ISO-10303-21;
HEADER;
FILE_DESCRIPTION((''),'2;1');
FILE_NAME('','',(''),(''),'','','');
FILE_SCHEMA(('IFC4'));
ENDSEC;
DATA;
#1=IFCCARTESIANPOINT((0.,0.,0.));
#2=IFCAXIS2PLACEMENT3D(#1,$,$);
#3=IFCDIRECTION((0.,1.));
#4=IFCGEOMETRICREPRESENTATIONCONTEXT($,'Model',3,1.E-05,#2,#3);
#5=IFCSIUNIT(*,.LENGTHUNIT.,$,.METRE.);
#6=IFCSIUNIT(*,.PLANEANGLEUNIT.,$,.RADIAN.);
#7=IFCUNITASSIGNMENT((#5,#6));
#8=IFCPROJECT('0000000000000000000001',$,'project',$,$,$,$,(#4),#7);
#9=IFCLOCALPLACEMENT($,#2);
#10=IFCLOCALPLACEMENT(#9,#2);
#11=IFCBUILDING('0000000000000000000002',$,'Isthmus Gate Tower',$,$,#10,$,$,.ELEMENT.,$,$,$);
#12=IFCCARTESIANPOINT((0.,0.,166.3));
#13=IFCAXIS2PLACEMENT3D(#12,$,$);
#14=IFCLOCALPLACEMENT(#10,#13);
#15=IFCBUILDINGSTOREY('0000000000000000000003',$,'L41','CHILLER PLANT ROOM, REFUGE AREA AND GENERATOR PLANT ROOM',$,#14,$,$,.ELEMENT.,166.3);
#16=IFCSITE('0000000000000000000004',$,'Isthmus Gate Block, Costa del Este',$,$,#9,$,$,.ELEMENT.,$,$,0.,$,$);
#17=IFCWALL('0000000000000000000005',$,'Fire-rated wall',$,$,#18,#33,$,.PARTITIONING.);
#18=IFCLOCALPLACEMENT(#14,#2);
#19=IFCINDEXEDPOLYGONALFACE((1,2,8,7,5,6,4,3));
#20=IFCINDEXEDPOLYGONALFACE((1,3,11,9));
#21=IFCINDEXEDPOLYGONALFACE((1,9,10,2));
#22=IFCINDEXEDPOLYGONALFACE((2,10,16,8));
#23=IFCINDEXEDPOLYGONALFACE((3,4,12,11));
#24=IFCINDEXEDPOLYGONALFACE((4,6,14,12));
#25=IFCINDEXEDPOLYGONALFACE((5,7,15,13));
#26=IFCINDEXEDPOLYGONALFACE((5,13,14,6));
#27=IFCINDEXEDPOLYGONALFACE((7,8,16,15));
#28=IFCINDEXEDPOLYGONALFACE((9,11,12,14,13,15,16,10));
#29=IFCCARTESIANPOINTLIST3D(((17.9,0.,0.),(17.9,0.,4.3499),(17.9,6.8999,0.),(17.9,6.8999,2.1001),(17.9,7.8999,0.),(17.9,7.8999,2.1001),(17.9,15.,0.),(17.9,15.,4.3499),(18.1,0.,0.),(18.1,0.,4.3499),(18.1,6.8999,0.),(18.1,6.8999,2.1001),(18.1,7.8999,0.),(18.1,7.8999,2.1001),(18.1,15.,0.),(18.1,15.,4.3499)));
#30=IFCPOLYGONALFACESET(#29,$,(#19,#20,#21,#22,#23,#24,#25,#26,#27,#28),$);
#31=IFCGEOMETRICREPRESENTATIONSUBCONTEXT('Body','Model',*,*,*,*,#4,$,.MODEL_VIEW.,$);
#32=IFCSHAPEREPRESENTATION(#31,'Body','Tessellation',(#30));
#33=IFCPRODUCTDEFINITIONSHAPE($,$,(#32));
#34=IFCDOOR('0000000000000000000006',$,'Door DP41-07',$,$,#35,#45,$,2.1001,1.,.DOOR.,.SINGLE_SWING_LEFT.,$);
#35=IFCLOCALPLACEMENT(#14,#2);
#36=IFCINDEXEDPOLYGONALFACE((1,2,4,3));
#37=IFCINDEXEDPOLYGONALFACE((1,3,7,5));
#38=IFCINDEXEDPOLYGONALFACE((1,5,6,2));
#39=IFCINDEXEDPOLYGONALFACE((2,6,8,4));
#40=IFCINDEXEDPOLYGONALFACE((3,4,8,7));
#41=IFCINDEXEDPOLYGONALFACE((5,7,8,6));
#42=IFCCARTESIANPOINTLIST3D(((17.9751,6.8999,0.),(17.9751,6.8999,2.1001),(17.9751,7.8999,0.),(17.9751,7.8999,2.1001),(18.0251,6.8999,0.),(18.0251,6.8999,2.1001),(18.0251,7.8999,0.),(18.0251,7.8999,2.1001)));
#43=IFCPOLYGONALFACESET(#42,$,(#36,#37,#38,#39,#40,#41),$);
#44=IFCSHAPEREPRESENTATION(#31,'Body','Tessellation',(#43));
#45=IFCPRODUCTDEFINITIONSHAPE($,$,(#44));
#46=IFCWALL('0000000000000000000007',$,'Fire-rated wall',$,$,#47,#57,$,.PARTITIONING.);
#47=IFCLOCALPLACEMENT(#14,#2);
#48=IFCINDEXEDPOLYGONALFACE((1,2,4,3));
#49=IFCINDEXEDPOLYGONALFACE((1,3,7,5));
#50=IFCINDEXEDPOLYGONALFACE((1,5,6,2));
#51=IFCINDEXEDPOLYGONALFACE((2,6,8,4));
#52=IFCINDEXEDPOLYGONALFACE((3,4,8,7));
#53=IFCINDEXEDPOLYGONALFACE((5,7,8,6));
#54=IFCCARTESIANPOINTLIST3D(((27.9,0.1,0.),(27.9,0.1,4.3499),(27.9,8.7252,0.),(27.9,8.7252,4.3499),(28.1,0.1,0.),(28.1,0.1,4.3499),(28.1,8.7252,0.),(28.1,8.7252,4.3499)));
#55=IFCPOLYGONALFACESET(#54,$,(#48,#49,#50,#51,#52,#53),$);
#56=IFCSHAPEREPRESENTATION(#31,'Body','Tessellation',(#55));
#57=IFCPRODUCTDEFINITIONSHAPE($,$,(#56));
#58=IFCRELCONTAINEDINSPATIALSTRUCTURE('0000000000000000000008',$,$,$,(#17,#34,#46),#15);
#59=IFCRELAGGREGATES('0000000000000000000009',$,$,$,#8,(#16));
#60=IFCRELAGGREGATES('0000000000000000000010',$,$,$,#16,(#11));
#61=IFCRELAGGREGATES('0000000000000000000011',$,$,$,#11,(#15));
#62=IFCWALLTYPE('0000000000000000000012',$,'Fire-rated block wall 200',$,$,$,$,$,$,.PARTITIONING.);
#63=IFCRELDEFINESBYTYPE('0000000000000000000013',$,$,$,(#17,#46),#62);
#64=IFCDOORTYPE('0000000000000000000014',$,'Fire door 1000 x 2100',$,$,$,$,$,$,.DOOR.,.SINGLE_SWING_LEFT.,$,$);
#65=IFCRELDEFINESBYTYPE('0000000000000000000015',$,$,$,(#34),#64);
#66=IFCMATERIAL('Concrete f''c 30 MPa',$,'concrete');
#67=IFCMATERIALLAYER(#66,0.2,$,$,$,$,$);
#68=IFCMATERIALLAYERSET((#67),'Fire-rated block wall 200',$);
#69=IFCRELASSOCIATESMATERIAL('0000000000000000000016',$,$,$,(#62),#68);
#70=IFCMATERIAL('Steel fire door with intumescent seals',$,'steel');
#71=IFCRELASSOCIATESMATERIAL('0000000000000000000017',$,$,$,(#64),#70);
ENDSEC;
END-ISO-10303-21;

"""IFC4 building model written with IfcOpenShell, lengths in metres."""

from ifc_helpers import new_model, si_unit, direction, frame, frame_2d, origin, place, context, subcontext, project, spatial, rectangle, extrude, material, layer, layer_set, type_object, element, fill, save


model = new_model("IFC4")

# Units and contexts
model_context = context("Model", 3, precision=1e-05, world=origin(), true_north=direction((0.0, 1.0)))
body_context = subcontext(model_context, "Body", "Model", "MODEL_VIEW")
ifc_project = project(units=[si_unit("LENGTHUNIT", "METRE"), si_unit("PLANEANGLEUNIT", "RADIAN")], contexts=[model_context])

# Site, building, storey
site_placement = place(None, origin())
site = spatial("IfcSite", under=ifc_project, at=site_placement, Name="Isthmus Gate Block, Costa del Este", CompositionType="ELEMENT", RefElevation=0.0)
building_placement = place(site_placement, origin())
building = spatial("IfcBuilding", under=site, at=building_placement, Name="Isthmus Gate Tower", CompositionType="ELEMENT")
storey_placement = place(building_placement, frame((0.0, 0.0, 166.3)))
storey = spatial("IfcBuildingStorey", under=building, at=storey_placement, Name="L41", Description="CHILLER PLANT ROOM, REFUGE AREA AND GENERATOR PLANT ROOM", CompositionType="ELEMENT", Elevation=166.3)

# Shared definitions
ifc_material_1 = material(Name="Concrete f'c 30 MPa", Category="concrete")
ifc_layer_1 = layer(ifc_material_1, 0.2)
ifc_layer_set_1 = layer_set([ifc_layer_1], Name="Fire-rated block wall 200")
wall_type = type_object("IfcWallType", Name="Fire-rated block wall 200", PredefinedType="PARTITIONING", material=ifc_layer_set_1)

# Wall, opening, door
ifc_material_2 = material(Name="Steel fire door with intumescent seals", Category="steel")
door_type = type_object("IfcDoorType", Name="Fire door 1000 x 2100", OperationType="SINGLE_SWING_LEFT", PredefinedType="DOOR", material=ifc_material_2)
wall_1_placement = place(storey_placement, frame((18.0, 0.0, 0.0), z_axis=(0.0, 0.0, 1.0), x_axis=(0.0, 1.0, 0.0)))
wall_1 = element("IfcWall", 1, at=wall_1_placement, inside=storey, type_object=wall_type, Name="Fire-rated wall", PredefinedType="PARTITIONING", context=body_context, shape_type="SweptSolid", body=[
    extrude(rectangle(XDim=15.0, YDim=0.2, at=frame_2d((7.5, 0.0))), origin(), (0.0, 0.0, 1.0), 4.3499),
])
opening_1_placement = place(wall_1_placement, frame((6.8999, 0.0, 0.0)))
opening_1 = element("IfcOpeningElement", 2, at=opening_1_placement, cuts=wall_1, PredefinedType="OPENING", context=body_context, shape_type="SweptSolid", body=[
    extrude(rectangle(XDim=1.0, YDim=2.1001, at=frame_2d((0.5, 1.05))), frame((0.0, 0.1099, 0.0), z_axis=(0.0, -1.0, 0.0), x_axis=(1.0, 0.0, 0.0)), (0.0, 0.0, 1.0), 0.22),
])
door_1_placement = place(opening_1_placement, origin())
door_1 = element("IfcDoor", 3, at=door_1_placement, inside=storey, type_object=door_type, Name="Door DP41-07", OperationType="SINGLE_SWING_LEFT", OverallHeight=2.1001, OverallWidth=1.0, PredefinedType="DOOR", context=body_context, shape_type="SweptSolid", body=[
    extrude(rectangle(XDim=1.0, YDim=2.1001, at=frame_2d((0.5, 1.05))), frame((0.0, 0.0249, 0.0), z_axis=(0.0, -1.0, 0.0), x_axis=(1.0, 0.0, 0.0)), (0.0, 0.0, 1.0), 0.05),
])
fill(opening_1, door_1)

# Wall
wall_2_placement = place(storey_placement, frame((28.0, 0.1001, 0.0), z_axis=(0.0, 0.0, 1.0), x_axis=(0.0, 1.0, 0.0)))
element("IfcWall", 4, at=wall_2_placement, inside=storey, type_object=wall_type, Name="Fire-rated wall", PredefinedType="PARTITIONING", context=body_context, shape_type="SweptSolid", body=[
    extrude(rectangle(XDim=8.6252, YDim=0.2, at=frame_2d((4.3125, 0.0))), origin(), (0.0, 0.0, 1.0), 4.3499),
])

save(model, "model.ifc")
